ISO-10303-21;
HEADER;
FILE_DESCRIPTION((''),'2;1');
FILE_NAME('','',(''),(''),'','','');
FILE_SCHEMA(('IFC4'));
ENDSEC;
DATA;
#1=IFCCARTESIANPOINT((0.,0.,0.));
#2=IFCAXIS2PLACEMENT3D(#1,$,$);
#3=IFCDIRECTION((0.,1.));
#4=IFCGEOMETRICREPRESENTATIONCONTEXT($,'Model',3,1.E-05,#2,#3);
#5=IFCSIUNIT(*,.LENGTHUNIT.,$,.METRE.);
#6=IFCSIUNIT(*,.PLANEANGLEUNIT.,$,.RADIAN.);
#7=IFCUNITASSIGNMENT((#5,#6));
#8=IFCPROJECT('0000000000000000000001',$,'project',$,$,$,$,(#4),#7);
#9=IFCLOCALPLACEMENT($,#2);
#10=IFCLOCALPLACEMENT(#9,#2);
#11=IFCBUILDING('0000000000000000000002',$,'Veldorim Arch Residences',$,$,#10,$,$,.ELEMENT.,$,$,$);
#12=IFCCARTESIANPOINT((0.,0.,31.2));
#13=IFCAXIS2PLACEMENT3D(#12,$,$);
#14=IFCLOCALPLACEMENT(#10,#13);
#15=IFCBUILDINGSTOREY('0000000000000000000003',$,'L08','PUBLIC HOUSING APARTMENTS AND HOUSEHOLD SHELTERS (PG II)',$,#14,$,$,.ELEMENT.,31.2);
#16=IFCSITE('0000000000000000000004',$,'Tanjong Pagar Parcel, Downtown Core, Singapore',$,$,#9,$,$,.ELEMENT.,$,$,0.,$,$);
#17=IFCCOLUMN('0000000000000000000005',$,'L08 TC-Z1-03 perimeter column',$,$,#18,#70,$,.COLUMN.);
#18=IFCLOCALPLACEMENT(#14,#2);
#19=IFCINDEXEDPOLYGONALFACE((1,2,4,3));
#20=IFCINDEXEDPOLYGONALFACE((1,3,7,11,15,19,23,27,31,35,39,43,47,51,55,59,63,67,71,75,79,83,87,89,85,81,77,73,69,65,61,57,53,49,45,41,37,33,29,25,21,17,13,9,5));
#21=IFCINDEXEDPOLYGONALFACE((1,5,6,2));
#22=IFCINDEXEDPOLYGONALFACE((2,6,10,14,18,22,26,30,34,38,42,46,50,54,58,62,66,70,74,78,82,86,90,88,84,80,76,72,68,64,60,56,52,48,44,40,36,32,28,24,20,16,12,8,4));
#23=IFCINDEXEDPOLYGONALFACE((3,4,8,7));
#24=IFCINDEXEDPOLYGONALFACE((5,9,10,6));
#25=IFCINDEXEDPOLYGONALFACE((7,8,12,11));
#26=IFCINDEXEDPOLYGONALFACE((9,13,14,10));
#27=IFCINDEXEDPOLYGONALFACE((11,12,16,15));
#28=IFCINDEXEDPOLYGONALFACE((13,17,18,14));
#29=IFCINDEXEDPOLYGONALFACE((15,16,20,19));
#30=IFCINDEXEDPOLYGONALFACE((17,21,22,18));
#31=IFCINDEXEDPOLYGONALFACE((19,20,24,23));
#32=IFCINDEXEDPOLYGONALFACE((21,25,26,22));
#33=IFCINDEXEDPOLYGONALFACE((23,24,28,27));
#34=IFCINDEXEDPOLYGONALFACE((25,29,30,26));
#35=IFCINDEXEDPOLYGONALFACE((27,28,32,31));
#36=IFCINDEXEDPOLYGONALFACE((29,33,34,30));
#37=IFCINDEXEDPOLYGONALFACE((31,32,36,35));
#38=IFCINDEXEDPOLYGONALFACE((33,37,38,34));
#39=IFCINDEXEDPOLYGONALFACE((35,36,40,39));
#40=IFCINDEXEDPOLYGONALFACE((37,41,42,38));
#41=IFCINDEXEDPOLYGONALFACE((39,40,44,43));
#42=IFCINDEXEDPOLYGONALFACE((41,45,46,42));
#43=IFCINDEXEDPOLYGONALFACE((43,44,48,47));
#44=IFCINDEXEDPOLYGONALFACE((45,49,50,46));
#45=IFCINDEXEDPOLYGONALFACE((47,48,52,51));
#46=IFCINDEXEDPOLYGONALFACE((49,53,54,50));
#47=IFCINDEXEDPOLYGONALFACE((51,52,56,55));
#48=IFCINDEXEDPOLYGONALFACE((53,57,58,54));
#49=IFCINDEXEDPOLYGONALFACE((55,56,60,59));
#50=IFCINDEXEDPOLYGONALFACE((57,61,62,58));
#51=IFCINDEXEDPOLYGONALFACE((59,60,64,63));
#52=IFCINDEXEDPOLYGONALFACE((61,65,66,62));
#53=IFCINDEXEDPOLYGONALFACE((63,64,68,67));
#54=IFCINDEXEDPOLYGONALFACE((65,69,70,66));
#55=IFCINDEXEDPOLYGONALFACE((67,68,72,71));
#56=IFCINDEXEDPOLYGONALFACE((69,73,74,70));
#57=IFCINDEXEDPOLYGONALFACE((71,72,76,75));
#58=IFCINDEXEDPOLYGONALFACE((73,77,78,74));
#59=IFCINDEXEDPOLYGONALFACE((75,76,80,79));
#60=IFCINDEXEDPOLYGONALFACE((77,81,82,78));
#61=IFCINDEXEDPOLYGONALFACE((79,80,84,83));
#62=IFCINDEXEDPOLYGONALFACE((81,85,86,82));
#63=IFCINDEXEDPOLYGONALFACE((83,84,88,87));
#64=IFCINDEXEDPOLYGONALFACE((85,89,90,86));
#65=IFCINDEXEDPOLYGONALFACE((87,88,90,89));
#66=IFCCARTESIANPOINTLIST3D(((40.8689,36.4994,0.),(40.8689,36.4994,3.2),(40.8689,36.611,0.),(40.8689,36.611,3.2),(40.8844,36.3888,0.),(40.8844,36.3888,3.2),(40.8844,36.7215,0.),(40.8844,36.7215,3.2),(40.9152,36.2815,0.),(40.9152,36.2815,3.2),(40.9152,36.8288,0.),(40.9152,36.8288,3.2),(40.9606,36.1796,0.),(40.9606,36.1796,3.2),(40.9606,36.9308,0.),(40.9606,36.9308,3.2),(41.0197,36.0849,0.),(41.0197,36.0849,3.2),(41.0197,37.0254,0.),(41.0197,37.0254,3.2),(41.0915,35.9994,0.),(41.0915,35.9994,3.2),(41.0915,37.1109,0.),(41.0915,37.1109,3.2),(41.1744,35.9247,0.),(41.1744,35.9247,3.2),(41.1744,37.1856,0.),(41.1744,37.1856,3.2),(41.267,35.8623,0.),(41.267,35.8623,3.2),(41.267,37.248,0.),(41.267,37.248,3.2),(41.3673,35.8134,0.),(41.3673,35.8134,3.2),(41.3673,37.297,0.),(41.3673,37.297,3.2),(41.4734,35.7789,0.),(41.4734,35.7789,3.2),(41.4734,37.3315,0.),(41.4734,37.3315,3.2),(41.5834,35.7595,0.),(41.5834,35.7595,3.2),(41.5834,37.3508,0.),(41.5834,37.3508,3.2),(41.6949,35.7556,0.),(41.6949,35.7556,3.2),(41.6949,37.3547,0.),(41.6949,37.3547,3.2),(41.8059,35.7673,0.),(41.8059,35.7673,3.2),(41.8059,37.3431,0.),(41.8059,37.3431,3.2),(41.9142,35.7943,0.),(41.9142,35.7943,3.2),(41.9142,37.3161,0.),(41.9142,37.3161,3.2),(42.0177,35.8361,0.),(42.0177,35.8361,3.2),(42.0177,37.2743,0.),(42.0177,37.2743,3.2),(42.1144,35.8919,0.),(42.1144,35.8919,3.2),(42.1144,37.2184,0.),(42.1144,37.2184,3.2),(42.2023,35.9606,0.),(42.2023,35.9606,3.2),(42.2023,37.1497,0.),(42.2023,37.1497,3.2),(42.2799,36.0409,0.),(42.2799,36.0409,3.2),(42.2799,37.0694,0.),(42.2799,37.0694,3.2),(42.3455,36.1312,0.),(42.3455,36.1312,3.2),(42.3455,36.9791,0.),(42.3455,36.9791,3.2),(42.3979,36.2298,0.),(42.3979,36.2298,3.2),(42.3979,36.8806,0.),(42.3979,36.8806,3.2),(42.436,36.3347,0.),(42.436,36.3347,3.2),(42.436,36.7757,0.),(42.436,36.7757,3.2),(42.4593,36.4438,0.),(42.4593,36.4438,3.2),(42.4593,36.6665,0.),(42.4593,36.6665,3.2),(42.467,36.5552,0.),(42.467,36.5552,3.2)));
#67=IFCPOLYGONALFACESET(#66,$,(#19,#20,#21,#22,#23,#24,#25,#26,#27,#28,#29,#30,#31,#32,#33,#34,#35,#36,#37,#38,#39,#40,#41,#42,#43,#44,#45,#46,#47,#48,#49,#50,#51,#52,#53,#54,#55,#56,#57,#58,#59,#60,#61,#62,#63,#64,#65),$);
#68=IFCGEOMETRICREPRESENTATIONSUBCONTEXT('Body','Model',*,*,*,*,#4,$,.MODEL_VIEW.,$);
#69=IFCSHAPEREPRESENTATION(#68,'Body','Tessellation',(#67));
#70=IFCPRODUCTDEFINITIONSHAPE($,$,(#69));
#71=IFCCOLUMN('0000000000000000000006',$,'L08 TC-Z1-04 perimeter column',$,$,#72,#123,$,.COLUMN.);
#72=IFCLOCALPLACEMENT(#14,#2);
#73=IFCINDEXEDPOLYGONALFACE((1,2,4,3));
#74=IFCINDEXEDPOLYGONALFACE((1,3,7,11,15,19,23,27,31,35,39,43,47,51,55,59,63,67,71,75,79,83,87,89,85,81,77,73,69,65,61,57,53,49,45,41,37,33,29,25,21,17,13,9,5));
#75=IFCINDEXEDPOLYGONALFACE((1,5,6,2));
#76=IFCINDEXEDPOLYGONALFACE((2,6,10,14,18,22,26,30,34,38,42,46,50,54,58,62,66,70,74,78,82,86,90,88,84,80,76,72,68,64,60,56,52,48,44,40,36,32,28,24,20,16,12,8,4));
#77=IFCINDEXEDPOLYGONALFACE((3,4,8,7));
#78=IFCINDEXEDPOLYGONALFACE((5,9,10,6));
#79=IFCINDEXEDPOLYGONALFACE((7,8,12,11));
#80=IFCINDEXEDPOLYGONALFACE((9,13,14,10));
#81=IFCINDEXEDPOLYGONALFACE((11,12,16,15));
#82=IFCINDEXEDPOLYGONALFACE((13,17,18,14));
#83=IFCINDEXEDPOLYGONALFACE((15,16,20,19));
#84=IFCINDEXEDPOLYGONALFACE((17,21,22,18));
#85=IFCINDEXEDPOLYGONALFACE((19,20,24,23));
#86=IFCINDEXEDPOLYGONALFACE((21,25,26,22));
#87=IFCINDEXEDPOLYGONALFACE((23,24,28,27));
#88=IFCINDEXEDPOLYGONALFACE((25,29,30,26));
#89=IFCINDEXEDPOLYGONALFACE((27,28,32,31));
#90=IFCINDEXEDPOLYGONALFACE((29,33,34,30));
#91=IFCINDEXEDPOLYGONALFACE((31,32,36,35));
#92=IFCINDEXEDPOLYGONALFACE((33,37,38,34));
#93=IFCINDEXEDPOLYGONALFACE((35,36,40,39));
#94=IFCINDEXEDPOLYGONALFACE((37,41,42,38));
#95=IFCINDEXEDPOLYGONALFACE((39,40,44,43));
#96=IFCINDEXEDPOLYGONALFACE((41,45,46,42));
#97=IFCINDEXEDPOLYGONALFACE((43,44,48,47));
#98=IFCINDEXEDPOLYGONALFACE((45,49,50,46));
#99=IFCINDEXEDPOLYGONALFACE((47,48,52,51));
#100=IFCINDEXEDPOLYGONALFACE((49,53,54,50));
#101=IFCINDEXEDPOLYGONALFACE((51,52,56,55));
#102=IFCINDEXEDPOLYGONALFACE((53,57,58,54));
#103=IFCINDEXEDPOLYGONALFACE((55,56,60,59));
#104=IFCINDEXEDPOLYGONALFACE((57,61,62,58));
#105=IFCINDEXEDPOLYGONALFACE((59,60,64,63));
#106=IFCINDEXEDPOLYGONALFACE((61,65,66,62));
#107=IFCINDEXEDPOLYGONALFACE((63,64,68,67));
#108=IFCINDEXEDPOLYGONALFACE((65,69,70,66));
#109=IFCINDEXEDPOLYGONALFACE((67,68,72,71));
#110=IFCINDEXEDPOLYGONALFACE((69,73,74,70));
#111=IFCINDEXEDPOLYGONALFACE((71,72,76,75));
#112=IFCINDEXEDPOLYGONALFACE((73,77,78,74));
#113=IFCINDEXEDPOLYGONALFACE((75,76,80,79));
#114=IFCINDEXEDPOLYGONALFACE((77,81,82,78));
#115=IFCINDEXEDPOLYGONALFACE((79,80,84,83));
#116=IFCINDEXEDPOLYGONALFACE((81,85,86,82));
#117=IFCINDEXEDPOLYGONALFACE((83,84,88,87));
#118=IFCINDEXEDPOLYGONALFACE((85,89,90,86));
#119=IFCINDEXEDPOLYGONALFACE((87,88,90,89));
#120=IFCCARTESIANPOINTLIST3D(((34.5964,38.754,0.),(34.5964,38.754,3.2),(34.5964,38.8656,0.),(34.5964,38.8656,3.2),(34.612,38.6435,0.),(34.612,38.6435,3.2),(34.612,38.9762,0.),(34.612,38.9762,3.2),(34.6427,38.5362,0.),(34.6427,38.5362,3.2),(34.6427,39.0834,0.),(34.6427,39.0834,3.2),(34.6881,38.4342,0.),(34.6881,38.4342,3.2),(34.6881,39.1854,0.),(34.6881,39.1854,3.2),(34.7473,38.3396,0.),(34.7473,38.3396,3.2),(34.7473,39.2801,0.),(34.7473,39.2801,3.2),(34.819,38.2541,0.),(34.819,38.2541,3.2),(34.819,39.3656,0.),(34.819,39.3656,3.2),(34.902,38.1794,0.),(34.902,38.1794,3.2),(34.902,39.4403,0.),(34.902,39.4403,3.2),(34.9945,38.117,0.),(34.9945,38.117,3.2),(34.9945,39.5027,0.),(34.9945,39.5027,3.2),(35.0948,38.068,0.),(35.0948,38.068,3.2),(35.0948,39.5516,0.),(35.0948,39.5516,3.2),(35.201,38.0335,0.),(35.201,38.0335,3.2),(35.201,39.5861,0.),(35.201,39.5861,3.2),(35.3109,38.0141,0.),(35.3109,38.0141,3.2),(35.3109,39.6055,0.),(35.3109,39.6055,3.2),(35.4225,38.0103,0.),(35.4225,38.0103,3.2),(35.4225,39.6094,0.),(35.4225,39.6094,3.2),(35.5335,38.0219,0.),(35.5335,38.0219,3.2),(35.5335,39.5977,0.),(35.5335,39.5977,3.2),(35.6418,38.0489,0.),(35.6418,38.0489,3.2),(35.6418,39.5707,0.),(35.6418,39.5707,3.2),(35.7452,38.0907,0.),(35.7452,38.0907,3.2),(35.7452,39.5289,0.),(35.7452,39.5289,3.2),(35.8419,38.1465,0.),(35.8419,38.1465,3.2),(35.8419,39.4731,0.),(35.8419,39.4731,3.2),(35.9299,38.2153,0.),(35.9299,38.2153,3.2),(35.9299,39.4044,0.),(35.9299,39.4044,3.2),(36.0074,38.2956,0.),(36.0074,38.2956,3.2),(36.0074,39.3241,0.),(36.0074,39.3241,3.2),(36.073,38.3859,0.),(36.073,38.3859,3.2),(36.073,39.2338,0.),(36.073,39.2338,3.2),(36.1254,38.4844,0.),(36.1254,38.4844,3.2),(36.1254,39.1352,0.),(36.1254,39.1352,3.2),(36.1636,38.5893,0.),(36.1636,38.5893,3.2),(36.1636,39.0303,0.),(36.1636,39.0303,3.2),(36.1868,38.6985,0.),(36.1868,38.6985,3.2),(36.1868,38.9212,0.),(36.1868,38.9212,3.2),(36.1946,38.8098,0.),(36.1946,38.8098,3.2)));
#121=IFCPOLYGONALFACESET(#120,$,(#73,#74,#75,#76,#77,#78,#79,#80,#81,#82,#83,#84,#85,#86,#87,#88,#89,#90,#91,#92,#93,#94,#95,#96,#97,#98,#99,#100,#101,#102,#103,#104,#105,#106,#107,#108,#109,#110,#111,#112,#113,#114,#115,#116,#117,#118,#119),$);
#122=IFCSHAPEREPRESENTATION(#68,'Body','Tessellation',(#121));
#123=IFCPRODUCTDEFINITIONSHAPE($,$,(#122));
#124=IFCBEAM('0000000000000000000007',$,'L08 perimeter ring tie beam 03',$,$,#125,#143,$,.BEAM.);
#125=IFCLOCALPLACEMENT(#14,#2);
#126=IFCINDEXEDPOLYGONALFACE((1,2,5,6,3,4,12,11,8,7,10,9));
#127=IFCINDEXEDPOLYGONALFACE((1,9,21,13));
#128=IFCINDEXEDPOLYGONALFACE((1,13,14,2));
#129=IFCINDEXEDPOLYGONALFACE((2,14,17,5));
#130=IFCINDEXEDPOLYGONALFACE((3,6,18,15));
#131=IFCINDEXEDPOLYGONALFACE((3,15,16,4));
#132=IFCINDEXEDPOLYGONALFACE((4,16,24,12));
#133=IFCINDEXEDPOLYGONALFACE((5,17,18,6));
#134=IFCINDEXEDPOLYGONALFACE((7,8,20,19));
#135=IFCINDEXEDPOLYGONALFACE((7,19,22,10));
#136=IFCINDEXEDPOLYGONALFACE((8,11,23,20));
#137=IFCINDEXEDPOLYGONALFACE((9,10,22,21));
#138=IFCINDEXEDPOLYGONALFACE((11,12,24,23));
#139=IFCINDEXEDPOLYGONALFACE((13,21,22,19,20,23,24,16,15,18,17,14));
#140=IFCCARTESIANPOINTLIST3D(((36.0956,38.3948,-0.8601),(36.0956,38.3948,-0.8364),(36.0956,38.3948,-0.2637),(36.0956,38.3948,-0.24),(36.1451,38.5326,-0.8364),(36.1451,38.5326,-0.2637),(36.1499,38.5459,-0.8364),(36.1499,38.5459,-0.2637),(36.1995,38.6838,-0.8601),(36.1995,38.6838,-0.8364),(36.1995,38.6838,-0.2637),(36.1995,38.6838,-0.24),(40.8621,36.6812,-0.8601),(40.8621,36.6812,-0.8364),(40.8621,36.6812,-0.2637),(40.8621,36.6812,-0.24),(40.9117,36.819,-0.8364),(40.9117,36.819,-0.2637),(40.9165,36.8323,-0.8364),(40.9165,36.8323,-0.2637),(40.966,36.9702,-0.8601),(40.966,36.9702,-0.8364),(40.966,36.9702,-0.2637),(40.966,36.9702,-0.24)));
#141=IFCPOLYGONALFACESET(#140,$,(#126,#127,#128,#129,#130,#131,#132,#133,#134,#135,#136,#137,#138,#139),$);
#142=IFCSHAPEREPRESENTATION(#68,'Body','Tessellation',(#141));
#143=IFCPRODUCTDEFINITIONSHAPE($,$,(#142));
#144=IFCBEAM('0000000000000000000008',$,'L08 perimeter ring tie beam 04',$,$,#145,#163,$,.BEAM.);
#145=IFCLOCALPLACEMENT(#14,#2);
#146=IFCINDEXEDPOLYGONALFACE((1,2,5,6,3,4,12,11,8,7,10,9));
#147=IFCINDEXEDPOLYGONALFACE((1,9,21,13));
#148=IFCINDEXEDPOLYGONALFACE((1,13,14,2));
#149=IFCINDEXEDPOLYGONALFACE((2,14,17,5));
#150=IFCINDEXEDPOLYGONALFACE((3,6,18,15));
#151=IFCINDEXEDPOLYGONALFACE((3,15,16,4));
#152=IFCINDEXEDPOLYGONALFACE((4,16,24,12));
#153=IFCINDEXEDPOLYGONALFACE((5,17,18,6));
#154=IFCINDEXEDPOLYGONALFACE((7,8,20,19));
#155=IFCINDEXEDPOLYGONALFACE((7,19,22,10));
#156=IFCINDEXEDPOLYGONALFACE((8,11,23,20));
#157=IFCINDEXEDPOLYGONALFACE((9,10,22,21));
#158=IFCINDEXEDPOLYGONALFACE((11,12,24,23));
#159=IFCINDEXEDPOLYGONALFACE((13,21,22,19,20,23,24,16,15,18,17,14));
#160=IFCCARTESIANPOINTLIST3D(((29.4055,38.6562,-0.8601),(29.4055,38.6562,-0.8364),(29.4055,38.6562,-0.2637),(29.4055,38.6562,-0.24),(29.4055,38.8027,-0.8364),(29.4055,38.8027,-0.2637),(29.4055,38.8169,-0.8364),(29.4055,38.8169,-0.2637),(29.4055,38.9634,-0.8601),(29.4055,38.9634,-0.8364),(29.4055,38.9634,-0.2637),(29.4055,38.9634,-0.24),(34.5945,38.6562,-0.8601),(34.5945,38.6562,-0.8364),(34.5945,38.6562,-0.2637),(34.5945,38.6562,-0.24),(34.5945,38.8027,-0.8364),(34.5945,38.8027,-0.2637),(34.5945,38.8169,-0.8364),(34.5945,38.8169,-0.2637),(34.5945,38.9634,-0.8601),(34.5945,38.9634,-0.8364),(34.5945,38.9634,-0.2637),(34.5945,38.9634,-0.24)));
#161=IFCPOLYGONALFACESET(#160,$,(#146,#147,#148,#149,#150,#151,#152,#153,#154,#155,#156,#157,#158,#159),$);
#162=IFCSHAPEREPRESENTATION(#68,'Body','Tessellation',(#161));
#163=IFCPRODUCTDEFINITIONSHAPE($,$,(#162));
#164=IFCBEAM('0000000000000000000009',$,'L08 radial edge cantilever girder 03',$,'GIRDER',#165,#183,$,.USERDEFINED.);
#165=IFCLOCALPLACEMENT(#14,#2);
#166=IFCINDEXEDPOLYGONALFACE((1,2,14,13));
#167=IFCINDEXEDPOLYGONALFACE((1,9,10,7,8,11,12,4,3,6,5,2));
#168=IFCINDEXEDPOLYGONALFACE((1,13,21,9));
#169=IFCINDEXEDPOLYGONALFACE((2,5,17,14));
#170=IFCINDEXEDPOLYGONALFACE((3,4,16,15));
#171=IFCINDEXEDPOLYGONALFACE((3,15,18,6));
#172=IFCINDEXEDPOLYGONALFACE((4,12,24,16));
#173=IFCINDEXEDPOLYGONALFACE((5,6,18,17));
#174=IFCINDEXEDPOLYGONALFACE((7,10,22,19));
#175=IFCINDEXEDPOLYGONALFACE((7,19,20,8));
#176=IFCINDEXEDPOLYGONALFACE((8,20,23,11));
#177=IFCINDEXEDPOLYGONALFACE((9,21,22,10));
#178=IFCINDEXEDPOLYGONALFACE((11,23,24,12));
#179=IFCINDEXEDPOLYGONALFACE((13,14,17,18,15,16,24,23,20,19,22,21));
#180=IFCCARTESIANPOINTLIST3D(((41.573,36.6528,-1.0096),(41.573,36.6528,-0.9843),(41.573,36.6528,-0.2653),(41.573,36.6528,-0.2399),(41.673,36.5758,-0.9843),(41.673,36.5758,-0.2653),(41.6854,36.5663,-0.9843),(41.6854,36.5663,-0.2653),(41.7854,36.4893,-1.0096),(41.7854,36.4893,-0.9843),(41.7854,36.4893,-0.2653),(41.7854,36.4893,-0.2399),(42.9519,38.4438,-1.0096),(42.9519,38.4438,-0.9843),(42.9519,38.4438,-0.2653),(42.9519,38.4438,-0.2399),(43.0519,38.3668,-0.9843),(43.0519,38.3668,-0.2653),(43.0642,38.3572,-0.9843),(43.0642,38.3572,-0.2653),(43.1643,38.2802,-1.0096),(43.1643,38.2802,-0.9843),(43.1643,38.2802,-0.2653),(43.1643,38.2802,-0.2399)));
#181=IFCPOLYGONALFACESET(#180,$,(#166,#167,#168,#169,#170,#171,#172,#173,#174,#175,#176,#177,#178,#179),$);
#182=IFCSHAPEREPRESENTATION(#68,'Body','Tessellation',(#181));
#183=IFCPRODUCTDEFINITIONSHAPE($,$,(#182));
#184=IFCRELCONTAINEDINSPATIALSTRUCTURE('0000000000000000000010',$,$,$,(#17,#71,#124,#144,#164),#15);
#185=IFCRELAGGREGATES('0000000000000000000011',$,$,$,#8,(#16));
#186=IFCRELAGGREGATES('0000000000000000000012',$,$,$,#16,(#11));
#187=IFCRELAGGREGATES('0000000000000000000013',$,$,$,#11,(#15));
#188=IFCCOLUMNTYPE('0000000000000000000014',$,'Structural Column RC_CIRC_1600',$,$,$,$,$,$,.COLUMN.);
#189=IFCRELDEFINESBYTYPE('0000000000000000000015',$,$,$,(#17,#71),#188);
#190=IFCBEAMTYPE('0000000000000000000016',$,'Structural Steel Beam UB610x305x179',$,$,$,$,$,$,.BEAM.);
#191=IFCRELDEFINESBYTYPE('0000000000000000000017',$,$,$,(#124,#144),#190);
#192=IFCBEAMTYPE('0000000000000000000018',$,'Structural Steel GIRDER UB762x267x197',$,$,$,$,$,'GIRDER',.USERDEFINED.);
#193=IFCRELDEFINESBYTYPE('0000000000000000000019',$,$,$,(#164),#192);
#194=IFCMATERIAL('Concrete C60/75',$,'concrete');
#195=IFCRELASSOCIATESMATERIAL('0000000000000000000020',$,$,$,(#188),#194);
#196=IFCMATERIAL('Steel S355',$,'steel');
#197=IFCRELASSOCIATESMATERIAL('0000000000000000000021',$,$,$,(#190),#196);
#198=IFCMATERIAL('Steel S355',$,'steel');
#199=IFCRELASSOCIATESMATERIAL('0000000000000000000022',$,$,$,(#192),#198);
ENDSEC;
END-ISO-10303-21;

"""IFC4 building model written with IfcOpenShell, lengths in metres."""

from ifc_helpers import new_model, si_unit, direction, frame, origin, origin_2d, place, context, subcontext, project, spatial, circle, i_section, extrude, material, material_profile, profile_set, type_object, element, save


model = new_model("IFC4")

# Units and contexts
model_context = context("Model", 3, precision=1e-05, world=origin(), true_north=direction((0.0, 1.0)))
body_context = subcontext(model_context, "Body", "Model", "MODEL_VIEW")
ifc_project = project(units=[si_unit("LENGTHUNIT", "METRE"), si_unit("PLANEANGLEUNIT", "RADIAN")], contexts=[model_context])

# Site, building, storey
site_placement = place(None, origin())
site = spatial("IfcSite", under=ifc_project, at=site_placement, Name="Tanjong Pagar Parcel, Downtown Core, Singapore", CompositionType="ELEMENT", RefElevation=0.0)
building_placement = place(site_placement, origin())
building = spatial("IfcBuilding", under=site, at=building_placement, Name="Veldorim Arch Residences", CompositionType="ELEMENT")
storey_placement = place(building_placement, frame((0.0, 0.0, 31.2)))
storey = spatial("IfcBuildingStorey", under=building, at=storey_placement, Name="L08", Description="PUBLIC HOUSING APARTMENTS AND HOUSEHOLD SHELTERS (PG II)", CompositionType="ELEMENT", Elevation=31.2)

# Columns
ifc_material_1 = material(Name="Concrete C60/75", Category="concrete")
ifc_material_profile_1 = material_profile(ifc_material_1, circle(Radius=0.8, at=origin_2d()), Name="RC_CIRC_1600")
ifc_profile_set_1 = profile_set([ifc_material_profile_1], Name="Concrete C60/75")
column_type = type_object("IfcColumnType", Name="Structural Column RC_CIRC_1600", PredefinedType="COLUMN", material=ifc_profile_set_1)
for number, where, z_axis, x_axis, name in (
    (1, (41.667, 36.5552, 0.0), (0.0, 0.0, 1.0), (1.0, 0.0, 0.0), "L08 TC-Z1-03 perimeter column"),
    (2, (35.3945, 38.8098, 0.0), (0.0, 0.0, 1.0), (1.0, 0.0, 0.0), "L08 TC-Z1-04 perimeter column"),
):
    element("IfcColumn", number, at=place(storey_placement, frame(where, z_axis=z_axis, x_axis=x_axis)), inside=storey, type_object=column_type, Name=name, PredefinedType="COLUMN", context=body_context, shape_type="SweptSolid", body=[
        extrude(circle(Radius=0.8, at=origin_2d()), origin(), (0.0, 0.0, 1.0), 3.2),
    ])

# Beams
ifc_material_2 = material(Name="Steel S355", Category="steel")
ifc_material_profile_2 = material_profile(ifc_material_2, i_section(OverallWidth=0.3071, OverallDepth=0.6201, WebThickness=0.0142, FlangeThickness=0.0237, at=origin_2d()), Name="UB610x305x179")
ifc_profile_set_2 = profile_set([ifc_material_profile_2], Name="Steel S355")
beam_type_1 = type_object("IfcBeamType", Name="Structural Steel Beam UB610x305x179", PredefinedType="BEAM", material=ifc_profile_set_2)
beam_1_placement = place(storey_placement, frame((40.9141, 36.8257, -0.55), z_axis=(-0.941035, 0.338308, 0.0), x_axis=(-0.338308, -0.941035, 0.0)))
element("IfcBeam", 3, at=beam_1_placement, inside=storey, type_object=beam_type_1, Name="L08 perimeter ring tie beam 03", PredefinedType="BEAM", context=body_context, shape_type="SweptSolid", body=[
    extrude(i_section(OverallWidth=0.3071, OverallDepth=0.6201, WebThickness=0.0142, FlangeThickness=0.0237, at=origin_2d()), origin(), (0.0, 0.0, 1.0), 5.0652),
])
beam_2_placement = place(storey_placement, frame((34.5945, 38.8098, -0.55), z_axis=(-1.0, 0.0, 0.0), x_axis=(0.0, -1.0, 0.0)))
element("IfcBeam", 4, at=beam_2_placement, inside=storey, type_object=beam_type_1, Name="L08 perimeter ring tie beam 04", PredefinedType="BEAM", context=body_context, shape_type="SweptSolid", body=[
    extrude(i_section(OverallWidth=0.3071, OverallDepth=0.6201, WebThickness=0.0142, FlangeThickness=0.0237, at=origin_2d()), origin(), (0.0, 0.0, 1.0), 5.189),
])
ifc_material_3 = material(Name="Steel S355", Category="steel")
ifc_material_profile_3 = material_profile(ifc_material_3, i_section(OverallWidth=0.2681, OverallDepth=0.7698, WebThickness=0.0156, FlangeThickness=0.0254, at=origin_2d()), Name="UB762x267x197")
ifc_profile_set_3 = profile_set([ifc_material_profile_3], Name="Steel S355")
beam_type_2 = type_object("IfcBeamType", Name="Structural Steel GIRDER UB762x267x197", ElementType="GIRDER", PredefinedType="USERDEFINED", material=ifc_profile_set_3)
beam_3_placement = place(storey_placement, frame((41.6792, 36.571, -0.6248), z_axis=(0.610045, 0.792367, 0.0), x_axis=(-0.792367, 0.610045, 0.0)))
element("IfcBeam", 5, at=beam_3_placement, inside=storey, type_object=beam_type_2, Name="L08 radial edge cantilever girder 03", ObjectType="GIRDER", PredefinedType="USERDEFINED", context=body_context, shape_type="SweptSolid", body=[
    extrude(i_section(OverallWidth=0.2681, OverallDepth=0.7698, WebThickness=0.0156, FlangeThickness=0.0254, at=origin_2d()), origin(), (0.0, 0.0, 1.0), 2.2603),
])

save(model, "model.ifc")
